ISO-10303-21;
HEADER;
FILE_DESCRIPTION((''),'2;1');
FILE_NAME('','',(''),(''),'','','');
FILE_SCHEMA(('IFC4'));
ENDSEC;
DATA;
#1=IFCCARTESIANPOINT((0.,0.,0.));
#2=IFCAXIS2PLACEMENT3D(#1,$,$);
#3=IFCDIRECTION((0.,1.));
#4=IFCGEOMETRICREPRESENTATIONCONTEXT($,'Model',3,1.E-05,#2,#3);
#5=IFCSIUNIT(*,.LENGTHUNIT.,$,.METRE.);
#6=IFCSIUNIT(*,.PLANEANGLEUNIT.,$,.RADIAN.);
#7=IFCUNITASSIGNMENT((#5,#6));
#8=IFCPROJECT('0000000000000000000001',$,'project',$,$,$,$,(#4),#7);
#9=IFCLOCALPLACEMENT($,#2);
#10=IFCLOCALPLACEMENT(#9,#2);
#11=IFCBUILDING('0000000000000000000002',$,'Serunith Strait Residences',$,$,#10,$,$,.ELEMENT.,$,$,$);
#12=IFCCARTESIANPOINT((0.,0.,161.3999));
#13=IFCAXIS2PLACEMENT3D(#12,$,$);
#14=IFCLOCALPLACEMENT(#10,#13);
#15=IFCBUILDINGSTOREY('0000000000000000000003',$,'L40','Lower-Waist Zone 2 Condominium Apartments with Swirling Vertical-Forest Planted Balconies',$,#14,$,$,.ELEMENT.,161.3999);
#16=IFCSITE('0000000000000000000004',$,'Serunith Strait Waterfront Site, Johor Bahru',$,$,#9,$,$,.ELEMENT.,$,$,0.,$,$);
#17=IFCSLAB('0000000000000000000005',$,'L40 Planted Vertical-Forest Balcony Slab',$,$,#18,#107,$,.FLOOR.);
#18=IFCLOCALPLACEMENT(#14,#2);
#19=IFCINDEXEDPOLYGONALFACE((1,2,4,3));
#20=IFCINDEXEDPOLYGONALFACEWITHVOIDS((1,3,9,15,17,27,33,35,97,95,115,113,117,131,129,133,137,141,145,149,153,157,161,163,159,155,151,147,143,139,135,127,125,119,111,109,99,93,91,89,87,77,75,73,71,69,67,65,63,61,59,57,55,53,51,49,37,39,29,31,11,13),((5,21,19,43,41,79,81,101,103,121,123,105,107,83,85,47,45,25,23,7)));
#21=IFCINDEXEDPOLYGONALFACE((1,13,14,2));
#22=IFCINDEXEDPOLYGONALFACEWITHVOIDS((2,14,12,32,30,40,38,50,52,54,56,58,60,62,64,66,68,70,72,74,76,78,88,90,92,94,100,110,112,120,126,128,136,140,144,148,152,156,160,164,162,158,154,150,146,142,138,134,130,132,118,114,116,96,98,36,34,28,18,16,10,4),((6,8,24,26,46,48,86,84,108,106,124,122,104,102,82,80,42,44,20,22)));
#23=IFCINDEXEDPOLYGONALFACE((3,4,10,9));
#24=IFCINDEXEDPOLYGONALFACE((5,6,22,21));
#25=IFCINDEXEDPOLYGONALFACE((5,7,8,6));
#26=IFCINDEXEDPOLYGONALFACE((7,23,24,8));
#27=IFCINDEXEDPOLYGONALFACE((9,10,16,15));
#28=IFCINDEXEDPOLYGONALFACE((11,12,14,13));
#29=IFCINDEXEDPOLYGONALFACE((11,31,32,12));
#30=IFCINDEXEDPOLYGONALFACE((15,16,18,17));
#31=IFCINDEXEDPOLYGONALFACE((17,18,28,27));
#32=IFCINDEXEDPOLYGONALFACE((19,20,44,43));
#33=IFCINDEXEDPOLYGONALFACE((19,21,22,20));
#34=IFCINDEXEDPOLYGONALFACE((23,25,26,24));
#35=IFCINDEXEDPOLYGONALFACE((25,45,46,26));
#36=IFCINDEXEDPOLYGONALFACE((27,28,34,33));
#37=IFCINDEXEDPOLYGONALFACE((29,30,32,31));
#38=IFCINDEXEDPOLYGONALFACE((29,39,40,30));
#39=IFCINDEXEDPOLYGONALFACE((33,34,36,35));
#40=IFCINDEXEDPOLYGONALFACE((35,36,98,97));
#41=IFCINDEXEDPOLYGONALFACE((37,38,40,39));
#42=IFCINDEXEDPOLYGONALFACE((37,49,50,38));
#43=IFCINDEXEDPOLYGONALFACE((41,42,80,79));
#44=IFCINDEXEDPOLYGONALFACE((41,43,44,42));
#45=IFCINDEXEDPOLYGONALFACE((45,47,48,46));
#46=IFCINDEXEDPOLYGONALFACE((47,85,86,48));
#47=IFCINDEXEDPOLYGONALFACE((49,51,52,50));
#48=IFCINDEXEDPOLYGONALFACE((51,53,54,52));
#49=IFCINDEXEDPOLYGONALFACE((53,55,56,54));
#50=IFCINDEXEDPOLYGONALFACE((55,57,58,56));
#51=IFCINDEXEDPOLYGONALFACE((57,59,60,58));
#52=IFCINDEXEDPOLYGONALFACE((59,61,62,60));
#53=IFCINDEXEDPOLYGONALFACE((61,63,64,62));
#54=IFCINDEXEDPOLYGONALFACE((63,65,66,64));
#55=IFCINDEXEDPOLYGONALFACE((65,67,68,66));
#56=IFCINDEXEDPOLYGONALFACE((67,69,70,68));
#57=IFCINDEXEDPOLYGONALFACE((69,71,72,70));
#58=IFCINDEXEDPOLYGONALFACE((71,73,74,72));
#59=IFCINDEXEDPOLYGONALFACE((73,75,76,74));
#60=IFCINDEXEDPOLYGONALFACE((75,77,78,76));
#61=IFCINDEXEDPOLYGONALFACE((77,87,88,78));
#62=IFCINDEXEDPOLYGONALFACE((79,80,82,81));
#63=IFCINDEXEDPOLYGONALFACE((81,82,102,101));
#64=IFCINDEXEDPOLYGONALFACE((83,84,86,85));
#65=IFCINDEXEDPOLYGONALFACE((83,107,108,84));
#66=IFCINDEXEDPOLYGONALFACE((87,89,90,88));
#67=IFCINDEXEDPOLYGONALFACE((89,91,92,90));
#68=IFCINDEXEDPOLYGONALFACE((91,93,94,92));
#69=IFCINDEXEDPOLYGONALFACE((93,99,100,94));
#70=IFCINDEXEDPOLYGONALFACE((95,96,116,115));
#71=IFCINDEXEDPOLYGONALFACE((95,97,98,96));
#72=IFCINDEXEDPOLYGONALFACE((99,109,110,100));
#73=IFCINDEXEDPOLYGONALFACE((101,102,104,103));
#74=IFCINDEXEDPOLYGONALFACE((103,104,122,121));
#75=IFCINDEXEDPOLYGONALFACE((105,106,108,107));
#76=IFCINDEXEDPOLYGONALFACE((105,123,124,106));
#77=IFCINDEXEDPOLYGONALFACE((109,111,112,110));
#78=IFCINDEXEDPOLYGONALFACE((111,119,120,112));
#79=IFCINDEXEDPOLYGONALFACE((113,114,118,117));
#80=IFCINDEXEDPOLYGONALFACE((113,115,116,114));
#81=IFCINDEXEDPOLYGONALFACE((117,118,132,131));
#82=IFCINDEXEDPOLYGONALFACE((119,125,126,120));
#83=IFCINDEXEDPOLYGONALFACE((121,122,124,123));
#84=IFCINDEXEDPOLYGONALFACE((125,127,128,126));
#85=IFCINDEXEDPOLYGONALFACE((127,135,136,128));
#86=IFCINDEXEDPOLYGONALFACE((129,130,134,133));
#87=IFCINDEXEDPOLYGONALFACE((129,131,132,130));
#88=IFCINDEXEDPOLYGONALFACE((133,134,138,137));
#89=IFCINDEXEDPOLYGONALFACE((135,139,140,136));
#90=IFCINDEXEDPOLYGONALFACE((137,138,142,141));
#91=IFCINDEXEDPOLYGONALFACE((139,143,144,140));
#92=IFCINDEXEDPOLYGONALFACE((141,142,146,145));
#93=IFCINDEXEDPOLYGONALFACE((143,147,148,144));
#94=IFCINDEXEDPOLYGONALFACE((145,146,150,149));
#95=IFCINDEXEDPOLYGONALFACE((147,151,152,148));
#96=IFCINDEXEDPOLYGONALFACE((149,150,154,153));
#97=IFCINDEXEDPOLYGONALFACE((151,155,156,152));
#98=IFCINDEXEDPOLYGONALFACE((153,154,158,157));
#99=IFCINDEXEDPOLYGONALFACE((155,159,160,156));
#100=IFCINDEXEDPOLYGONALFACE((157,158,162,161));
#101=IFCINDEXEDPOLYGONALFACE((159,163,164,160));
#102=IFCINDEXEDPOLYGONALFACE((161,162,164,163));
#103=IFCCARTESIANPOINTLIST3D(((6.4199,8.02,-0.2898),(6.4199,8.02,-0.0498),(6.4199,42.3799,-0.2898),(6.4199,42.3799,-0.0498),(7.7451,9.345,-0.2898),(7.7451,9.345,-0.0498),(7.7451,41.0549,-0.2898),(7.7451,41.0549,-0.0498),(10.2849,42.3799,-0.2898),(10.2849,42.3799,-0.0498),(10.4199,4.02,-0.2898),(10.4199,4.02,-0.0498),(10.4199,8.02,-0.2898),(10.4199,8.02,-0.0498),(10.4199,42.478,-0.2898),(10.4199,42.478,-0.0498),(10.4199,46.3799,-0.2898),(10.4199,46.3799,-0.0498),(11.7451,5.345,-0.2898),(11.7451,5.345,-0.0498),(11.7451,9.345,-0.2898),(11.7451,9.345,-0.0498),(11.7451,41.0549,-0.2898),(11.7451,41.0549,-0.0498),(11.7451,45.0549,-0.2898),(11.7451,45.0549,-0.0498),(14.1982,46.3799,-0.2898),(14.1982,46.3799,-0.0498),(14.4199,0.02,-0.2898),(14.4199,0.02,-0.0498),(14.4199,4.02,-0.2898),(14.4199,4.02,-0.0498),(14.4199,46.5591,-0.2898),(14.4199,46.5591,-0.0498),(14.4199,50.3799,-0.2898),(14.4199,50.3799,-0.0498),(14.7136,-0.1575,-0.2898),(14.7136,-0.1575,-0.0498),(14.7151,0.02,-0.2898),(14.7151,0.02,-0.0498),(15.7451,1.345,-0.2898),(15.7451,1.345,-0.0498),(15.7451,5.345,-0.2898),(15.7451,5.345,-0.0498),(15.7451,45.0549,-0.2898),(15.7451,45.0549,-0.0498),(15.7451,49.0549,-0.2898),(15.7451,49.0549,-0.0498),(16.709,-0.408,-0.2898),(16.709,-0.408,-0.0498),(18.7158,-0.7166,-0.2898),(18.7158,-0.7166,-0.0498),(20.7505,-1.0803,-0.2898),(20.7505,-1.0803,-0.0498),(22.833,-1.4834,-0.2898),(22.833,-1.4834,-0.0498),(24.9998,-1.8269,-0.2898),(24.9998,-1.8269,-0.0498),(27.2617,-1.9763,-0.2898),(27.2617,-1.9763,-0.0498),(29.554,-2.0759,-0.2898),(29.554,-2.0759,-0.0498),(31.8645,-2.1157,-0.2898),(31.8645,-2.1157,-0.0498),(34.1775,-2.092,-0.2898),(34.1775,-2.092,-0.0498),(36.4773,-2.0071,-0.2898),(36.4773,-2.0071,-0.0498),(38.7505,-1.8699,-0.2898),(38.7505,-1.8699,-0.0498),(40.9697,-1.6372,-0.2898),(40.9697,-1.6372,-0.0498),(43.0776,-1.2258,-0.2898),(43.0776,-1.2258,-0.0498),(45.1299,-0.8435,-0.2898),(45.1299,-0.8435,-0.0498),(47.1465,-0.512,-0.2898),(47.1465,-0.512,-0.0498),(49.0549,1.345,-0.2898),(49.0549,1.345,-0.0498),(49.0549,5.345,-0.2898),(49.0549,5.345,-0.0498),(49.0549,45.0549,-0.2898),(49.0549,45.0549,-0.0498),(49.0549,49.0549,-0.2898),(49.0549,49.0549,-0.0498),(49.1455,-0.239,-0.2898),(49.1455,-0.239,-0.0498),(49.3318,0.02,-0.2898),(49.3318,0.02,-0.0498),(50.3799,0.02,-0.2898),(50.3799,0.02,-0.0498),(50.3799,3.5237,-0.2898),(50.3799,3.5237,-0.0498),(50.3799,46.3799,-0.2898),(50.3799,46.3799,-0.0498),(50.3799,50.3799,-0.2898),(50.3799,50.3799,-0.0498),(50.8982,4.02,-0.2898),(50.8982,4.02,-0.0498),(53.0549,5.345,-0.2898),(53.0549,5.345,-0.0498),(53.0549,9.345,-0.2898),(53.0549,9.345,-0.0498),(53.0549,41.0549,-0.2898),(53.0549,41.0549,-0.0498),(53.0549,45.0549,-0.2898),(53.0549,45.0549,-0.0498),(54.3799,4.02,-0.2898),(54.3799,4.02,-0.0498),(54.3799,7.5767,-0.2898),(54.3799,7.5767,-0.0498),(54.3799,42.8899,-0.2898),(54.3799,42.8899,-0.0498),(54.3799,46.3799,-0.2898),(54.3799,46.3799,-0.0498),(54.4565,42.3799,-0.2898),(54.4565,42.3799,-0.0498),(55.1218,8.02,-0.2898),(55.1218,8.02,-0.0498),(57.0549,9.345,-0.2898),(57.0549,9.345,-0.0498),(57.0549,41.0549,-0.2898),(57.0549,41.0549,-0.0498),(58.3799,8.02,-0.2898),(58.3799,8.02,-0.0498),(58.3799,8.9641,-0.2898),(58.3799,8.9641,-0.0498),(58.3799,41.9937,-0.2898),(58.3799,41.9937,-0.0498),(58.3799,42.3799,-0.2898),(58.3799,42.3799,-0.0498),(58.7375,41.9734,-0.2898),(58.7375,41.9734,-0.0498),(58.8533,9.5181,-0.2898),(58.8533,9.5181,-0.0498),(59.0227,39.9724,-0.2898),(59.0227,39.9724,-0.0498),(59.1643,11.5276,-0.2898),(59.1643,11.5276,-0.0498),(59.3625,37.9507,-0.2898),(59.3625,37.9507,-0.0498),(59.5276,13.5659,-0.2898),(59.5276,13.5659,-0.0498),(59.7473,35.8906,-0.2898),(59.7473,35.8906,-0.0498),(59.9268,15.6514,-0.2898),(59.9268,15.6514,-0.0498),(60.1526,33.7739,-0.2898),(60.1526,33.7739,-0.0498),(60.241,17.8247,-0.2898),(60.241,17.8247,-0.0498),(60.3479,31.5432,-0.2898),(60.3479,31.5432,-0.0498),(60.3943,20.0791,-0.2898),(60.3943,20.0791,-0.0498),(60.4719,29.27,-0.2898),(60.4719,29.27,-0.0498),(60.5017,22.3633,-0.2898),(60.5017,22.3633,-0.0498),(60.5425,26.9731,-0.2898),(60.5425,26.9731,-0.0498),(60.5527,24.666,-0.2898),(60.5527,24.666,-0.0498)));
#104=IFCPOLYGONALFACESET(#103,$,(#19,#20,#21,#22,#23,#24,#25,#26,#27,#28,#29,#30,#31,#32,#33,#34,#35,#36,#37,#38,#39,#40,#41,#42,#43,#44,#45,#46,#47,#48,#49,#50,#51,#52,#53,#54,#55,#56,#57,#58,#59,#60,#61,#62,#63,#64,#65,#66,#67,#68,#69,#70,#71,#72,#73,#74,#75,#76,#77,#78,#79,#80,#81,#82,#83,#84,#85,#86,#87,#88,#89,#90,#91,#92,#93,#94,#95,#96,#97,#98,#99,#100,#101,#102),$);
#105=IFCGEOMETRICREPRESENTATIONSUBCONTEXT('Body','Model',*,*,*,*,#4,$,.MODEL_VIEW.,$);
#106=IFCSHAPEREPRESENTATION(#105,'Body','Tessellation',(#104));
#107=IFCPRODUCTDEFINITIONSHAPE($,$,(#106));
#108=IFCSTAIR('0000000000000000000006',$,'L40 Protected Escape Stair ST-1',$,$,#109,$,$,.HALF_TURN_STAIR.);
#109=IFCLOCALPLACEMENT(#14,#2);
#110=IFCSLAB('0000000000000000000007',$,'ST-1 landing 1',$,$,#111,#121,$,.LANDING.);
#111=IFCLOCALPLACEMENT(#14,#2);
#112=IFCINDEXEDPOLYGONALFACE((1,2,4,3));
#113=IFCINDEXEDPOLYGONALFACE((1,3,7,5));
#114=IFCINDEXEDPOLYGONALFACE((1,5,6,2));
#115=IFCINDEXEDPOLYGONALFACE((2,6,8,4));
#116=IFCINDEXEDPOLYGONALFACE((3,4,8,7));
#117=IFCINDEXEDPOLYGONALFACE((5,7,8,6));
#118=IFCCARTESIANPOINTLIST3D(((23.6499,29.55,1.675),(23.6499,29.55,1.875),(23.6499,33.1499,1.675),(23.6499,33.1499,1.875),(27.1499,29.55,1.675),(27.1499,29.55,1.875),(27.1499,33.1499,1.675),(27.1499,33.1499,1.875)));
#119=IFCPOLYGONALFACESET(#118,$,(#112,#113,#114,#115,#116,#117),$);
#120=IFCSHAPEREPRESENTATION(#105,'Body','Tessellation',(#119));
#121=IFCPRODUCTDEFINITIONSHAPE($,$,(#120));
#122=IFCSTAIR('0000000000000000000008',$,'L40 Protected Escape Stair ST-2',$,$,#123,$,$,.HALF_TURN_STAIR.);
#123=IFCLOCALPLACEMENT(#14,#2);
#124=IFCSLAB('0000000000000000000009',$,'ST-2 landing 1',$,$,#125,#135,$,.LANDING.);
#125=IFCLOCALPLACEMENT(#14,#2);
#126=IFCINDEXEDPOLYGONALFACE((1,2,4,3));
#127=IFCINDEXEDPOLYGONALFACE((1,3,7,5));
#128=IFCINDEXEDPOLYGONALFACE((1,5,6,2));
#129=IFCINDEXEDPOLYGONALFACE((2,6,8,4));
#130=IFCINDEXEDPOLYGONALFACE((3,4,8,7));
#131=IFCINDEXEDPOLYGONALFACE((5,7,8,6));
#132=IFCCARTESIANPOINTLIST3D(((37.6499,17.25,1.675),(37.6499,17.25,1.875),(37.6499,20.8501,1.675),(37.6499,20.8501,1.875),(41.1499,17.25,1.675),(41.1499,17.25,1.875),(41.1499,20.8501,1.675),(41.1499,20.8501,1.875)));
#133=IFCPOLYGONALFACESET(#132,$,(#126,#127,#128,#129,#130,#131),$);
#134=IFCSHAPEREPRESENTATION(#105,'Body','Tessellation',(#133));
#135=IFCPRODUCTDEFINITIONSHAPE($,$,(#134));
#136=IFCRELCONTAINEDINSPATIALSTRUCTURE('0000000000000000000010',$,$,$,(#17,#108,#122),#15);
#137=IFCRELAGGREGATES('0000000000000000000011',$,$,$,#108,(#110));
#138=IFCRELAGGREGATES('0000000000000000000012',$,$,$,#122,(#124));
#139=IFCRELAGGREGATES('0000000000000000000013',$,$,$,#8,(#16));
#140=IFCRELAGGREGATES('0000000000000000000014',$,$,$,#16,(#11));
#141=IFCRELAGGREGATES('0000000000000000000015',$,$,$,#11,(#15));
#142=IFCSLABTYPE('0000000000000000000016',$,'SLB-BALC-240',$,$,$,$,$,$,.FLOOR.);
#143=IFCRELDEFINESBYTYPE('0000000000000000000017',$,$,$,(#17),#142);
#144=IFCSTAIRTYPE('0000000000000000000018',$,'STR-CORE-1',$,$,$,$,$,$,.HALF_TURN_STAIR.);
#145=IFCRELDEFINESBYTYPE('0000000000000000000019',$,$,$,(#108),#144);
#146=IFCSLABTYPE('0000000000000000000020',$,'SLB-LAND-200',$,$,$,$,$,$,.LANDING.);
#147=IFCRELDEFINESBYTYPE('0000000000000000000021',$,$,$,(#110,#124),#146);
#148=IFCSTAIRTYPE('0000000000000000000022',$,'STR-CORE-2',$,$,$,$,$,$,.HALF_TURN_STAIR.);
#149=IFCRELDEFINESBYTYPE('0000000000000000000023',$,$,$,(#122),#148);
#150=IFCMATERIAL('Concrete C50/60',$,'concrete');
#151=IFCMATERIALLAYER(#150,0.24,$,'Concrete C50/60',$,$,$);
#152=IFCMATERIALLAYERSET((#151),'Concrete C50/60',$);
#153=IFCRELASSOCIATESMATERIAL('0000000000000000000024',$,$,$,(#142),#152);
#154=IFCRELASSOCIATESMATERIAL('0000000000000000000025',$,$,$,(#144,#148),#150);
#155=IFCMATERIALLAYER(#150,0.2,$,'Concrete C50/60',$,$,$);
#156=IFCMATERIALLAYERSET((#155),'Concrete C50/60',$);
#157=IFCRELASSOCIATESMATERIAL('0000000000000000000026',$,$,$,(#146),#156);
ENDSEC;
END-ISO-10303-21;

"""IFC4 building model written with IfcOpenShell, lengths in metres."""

from ifc_helpers import new_model, si_unit, direction, frame, origin, place, context, subcontext, project, spatial, polyline, outline, extrude, material, layer, layer_set, type_object, element, aggregate, save


model = new_model("IFC4")

# Units and contexts
model_context = context("Model", 3, precision=1e-05, world=origin(), true_north=direction((0.0, 1.0)))
body_context = subcontext(model_context, "Body", "Model", "MODEL_VIEW")
ifc_project = project(units=[si_unit("LENGTHUNIT", "METRE"), si_unit("PLANEANGLEUNIT", "RADIAN")], contexts=[model_context])

# Site, building, storey
site_placement = place(None, origin())
site = spatial("IfcSite", under=ifc_project, at=site_placement, Name="Serunith Strait Waterfront Site, Johor Bahru", CompositionType="ELEMENT", RefElevation=0.0)
building_placement = place(site_placement, origin())
building = spatial("IfcBuilding", under=site, at=building_placement, Name="Serunith Strait Residences", CompositionType="ELEMENT")
storey_placement = place(building_placement, frame((0.0, 0.0, 161.3999)))
storey = spatial("IfcBuildingStorey", under=building, at=storey_placement, Name="L40", Description="Lower-Waist Zone 2 Condominium Apartments with Swirling Vertical-Forest Planted Balconies", CompositionType="ELEMENT", Elevation=161.3999)

# Slab
ifc_material_1 = material(Name="Concrete C50/60", Category="concrete")
ifc_layer_1 = layer(ifc_material_1, 0.24, Name="Concrete C50/60")
ifc_layer_set_1 = layer_set([ifc_layer_1], Name="Concrete C50/60")
slab_type_1 = type_object("IfcSlabType", Name="SLB-BALC-240", PredefinedType="FLOOR", material=ifc_layer_set_1)
slab_1_placement = place(storey_placement, frame((0.0, 0.0, -0.2898)))
element("IfcSlab", 1, at=slab_1_placement, inside=storey, type_object=slab_type_1, Name="L40 Planted Vertical-Forest Balcony Slab", PredefinedType="FLOOR", context=body_context, shape_type="SweptSolid", body=[
    extrude(outline(polyline([(14.4199, 0.02), (14.4199, 4.02), (10.4199, 4.02), (10.4199, 8.02), (6.4199, 8.02), (6.4199, 42.3799), (10.2849, 42.3799), (10.4199, 42.478), (10.4199, 46.3799), (14.1982, 46.3799), (14.4199, 46.5591), (14.4199, 50.3799), (50.3799, 50.3799), (50.3799, 46.3799), (54.3799, 46.3799), (54.3799, 42.8899), (54.4565, 42.3799), (58.3799, 42.3799), (58.3799, 41.9937), (58.7375, 41.9734), (59.0227, 39.9724), (59.3625, 37.9507), (59.7473, 35.8906), (60.1526, 33.7739), (60.3479, 31.5432), (60.4719, 29.27), (60.5425, 26.9731), (60.5527, 24.666), (60.5017, 22.3633), (60.3943, 20.0791), (60.241, 17.8247), (59.9268, 15.6514), (59.5276, 13.5659), (59.1643, 11.5276), (58.8533, 9.5181), (58.3799, 8.9641), (58.3799, 8.02), (55.1218, 8.02), (54.3799, 7.5767), (54.3799, 4.02), (50.8982, 4.02), (50.3799, 3.5237), (50.3799, 0.02), (49.3318, 0.02), (49.1455, -0.239), (47.1465, -0.512), (45.1299, -0.8435), (43.0776, -1.2258), (40.9697, -1.6372), (38.7505, -1.8699), (36.4773, -2.0071), (34.1775, -2.092), (31.8645, -2.1157), (29.554, -2.0759), (27.2617, -1.9763), (24.9998, -1.8269), (22.833, -1.4834), (20.7505, -1.0803), (18.7158, -0.7166), (16.709, -0.408), (14.7136, -0.1575), (14.7151, 0.02), (14.4199, 0.02)]), holes=[polyline([(49.0549, 1.345), (49.0549, 5.345), (53.0549, 5.345), (53.0549, 9.345), (57.0549, 9.345), (57.0549, 41.0549), (53.0549, 41.0549), (53.0549, 45.0549), (49.0549, 45.0549), (49.0549, 49.0549), (15.7451, 49.0549), (15.7451, 45.0549), (11.7451, 45.0549), (11.7451, 41.0549), (7.7451, 41.0549), (7.7451, 9.345), (11.7451, 9.345), (11.7451, 5.345), (15.7451, 5.345), (15.7451, 1.345), (49.0549, 1.345)])]), origin(), (0.0, 0.0, 1.0), 0.24),
])

# Stairs, slabs
stair_type_1 = type_object("IfcStairType", Name="STR-CORE-1", PredefinedType="HALF_TURN_STAIR", material=ifc_material_1)
stair_1_placement = place(storey_placement, origin())
stair_1 = element("IfcStair", 2, at=stair_1_placement, inside=storey, type_object=stair_type_1, Name="L40 Protected Escape Stair ST-1", PredefinedType="HALF_TURN_STAIR")
ifc_layer_2 = layer(ifc_material_1, 0.2, Name="Concrete C50/60")
ifc_layer_set_2 = layer_set([ifc_layer_2], Name="Concrete C50/60")
slab_type_2 = type_object("IfcSlabType", Name="SLB-LAND-200", PredefinedType="LANDING", material=ifc_layer_set_2)
slab_2_placement = place(storey_placement, frame((0.0, 0.0, 1.675)))
slab_2 = element("IfcSlab", 3, at=slab_2_placement, type_object=slab_type_2, Name="ST-1 landing 1", PredefinedType="LANDING", context=body_context, shape_type="SweptSolid", body=[
    extrude(outline(polyline([(27.1499, 29.55), (27.1499, 33.1499), (23.6499, 33.1499), (23.6499, 29.55), (27.1499, 29.55)])), origin(), (0.0, 0.0, 1.0), 0.2),
])
aggregate(stair_1, [slab_2])
stair_type_2 = type_object("IfcStairType", Name="STR-CORE-2", PredefinedType="HALF_TURN_STAIR", material=ifc_material_1)
stair_2_placement = place(storey_placement, origin())
stair_2 = element("IfcStair", 4, at=stair_2_placement, inside=storey, type_object=stair_type_2, Name="L40 Protected Escape Stair ST-2", PredefinedType="HALF_TURN_STAIR")
slab_3_placement = place(storey_placement, frame((0.0, 0.0, 1.675)))
slab_3 = element("IfcSlab", 5, at=slab_3_placement, type_object=slab_type_2, Name="ST-2 landing 1", PredefinedType="LANDING", context=body_context, shape_type="SweptSolid", body=[
    extrude(outline(polyline([(37.6499, 20.8501), (37.6499, 17.25), (41.1499, 17.25), (41.1499, 20.8501), (37.6499, 20.8501)])), origin(), (0.0, 0.0, 1.0), 0.2),
])
aggregate(stair_2, [slab_3])

save(model, "model.ifc")
